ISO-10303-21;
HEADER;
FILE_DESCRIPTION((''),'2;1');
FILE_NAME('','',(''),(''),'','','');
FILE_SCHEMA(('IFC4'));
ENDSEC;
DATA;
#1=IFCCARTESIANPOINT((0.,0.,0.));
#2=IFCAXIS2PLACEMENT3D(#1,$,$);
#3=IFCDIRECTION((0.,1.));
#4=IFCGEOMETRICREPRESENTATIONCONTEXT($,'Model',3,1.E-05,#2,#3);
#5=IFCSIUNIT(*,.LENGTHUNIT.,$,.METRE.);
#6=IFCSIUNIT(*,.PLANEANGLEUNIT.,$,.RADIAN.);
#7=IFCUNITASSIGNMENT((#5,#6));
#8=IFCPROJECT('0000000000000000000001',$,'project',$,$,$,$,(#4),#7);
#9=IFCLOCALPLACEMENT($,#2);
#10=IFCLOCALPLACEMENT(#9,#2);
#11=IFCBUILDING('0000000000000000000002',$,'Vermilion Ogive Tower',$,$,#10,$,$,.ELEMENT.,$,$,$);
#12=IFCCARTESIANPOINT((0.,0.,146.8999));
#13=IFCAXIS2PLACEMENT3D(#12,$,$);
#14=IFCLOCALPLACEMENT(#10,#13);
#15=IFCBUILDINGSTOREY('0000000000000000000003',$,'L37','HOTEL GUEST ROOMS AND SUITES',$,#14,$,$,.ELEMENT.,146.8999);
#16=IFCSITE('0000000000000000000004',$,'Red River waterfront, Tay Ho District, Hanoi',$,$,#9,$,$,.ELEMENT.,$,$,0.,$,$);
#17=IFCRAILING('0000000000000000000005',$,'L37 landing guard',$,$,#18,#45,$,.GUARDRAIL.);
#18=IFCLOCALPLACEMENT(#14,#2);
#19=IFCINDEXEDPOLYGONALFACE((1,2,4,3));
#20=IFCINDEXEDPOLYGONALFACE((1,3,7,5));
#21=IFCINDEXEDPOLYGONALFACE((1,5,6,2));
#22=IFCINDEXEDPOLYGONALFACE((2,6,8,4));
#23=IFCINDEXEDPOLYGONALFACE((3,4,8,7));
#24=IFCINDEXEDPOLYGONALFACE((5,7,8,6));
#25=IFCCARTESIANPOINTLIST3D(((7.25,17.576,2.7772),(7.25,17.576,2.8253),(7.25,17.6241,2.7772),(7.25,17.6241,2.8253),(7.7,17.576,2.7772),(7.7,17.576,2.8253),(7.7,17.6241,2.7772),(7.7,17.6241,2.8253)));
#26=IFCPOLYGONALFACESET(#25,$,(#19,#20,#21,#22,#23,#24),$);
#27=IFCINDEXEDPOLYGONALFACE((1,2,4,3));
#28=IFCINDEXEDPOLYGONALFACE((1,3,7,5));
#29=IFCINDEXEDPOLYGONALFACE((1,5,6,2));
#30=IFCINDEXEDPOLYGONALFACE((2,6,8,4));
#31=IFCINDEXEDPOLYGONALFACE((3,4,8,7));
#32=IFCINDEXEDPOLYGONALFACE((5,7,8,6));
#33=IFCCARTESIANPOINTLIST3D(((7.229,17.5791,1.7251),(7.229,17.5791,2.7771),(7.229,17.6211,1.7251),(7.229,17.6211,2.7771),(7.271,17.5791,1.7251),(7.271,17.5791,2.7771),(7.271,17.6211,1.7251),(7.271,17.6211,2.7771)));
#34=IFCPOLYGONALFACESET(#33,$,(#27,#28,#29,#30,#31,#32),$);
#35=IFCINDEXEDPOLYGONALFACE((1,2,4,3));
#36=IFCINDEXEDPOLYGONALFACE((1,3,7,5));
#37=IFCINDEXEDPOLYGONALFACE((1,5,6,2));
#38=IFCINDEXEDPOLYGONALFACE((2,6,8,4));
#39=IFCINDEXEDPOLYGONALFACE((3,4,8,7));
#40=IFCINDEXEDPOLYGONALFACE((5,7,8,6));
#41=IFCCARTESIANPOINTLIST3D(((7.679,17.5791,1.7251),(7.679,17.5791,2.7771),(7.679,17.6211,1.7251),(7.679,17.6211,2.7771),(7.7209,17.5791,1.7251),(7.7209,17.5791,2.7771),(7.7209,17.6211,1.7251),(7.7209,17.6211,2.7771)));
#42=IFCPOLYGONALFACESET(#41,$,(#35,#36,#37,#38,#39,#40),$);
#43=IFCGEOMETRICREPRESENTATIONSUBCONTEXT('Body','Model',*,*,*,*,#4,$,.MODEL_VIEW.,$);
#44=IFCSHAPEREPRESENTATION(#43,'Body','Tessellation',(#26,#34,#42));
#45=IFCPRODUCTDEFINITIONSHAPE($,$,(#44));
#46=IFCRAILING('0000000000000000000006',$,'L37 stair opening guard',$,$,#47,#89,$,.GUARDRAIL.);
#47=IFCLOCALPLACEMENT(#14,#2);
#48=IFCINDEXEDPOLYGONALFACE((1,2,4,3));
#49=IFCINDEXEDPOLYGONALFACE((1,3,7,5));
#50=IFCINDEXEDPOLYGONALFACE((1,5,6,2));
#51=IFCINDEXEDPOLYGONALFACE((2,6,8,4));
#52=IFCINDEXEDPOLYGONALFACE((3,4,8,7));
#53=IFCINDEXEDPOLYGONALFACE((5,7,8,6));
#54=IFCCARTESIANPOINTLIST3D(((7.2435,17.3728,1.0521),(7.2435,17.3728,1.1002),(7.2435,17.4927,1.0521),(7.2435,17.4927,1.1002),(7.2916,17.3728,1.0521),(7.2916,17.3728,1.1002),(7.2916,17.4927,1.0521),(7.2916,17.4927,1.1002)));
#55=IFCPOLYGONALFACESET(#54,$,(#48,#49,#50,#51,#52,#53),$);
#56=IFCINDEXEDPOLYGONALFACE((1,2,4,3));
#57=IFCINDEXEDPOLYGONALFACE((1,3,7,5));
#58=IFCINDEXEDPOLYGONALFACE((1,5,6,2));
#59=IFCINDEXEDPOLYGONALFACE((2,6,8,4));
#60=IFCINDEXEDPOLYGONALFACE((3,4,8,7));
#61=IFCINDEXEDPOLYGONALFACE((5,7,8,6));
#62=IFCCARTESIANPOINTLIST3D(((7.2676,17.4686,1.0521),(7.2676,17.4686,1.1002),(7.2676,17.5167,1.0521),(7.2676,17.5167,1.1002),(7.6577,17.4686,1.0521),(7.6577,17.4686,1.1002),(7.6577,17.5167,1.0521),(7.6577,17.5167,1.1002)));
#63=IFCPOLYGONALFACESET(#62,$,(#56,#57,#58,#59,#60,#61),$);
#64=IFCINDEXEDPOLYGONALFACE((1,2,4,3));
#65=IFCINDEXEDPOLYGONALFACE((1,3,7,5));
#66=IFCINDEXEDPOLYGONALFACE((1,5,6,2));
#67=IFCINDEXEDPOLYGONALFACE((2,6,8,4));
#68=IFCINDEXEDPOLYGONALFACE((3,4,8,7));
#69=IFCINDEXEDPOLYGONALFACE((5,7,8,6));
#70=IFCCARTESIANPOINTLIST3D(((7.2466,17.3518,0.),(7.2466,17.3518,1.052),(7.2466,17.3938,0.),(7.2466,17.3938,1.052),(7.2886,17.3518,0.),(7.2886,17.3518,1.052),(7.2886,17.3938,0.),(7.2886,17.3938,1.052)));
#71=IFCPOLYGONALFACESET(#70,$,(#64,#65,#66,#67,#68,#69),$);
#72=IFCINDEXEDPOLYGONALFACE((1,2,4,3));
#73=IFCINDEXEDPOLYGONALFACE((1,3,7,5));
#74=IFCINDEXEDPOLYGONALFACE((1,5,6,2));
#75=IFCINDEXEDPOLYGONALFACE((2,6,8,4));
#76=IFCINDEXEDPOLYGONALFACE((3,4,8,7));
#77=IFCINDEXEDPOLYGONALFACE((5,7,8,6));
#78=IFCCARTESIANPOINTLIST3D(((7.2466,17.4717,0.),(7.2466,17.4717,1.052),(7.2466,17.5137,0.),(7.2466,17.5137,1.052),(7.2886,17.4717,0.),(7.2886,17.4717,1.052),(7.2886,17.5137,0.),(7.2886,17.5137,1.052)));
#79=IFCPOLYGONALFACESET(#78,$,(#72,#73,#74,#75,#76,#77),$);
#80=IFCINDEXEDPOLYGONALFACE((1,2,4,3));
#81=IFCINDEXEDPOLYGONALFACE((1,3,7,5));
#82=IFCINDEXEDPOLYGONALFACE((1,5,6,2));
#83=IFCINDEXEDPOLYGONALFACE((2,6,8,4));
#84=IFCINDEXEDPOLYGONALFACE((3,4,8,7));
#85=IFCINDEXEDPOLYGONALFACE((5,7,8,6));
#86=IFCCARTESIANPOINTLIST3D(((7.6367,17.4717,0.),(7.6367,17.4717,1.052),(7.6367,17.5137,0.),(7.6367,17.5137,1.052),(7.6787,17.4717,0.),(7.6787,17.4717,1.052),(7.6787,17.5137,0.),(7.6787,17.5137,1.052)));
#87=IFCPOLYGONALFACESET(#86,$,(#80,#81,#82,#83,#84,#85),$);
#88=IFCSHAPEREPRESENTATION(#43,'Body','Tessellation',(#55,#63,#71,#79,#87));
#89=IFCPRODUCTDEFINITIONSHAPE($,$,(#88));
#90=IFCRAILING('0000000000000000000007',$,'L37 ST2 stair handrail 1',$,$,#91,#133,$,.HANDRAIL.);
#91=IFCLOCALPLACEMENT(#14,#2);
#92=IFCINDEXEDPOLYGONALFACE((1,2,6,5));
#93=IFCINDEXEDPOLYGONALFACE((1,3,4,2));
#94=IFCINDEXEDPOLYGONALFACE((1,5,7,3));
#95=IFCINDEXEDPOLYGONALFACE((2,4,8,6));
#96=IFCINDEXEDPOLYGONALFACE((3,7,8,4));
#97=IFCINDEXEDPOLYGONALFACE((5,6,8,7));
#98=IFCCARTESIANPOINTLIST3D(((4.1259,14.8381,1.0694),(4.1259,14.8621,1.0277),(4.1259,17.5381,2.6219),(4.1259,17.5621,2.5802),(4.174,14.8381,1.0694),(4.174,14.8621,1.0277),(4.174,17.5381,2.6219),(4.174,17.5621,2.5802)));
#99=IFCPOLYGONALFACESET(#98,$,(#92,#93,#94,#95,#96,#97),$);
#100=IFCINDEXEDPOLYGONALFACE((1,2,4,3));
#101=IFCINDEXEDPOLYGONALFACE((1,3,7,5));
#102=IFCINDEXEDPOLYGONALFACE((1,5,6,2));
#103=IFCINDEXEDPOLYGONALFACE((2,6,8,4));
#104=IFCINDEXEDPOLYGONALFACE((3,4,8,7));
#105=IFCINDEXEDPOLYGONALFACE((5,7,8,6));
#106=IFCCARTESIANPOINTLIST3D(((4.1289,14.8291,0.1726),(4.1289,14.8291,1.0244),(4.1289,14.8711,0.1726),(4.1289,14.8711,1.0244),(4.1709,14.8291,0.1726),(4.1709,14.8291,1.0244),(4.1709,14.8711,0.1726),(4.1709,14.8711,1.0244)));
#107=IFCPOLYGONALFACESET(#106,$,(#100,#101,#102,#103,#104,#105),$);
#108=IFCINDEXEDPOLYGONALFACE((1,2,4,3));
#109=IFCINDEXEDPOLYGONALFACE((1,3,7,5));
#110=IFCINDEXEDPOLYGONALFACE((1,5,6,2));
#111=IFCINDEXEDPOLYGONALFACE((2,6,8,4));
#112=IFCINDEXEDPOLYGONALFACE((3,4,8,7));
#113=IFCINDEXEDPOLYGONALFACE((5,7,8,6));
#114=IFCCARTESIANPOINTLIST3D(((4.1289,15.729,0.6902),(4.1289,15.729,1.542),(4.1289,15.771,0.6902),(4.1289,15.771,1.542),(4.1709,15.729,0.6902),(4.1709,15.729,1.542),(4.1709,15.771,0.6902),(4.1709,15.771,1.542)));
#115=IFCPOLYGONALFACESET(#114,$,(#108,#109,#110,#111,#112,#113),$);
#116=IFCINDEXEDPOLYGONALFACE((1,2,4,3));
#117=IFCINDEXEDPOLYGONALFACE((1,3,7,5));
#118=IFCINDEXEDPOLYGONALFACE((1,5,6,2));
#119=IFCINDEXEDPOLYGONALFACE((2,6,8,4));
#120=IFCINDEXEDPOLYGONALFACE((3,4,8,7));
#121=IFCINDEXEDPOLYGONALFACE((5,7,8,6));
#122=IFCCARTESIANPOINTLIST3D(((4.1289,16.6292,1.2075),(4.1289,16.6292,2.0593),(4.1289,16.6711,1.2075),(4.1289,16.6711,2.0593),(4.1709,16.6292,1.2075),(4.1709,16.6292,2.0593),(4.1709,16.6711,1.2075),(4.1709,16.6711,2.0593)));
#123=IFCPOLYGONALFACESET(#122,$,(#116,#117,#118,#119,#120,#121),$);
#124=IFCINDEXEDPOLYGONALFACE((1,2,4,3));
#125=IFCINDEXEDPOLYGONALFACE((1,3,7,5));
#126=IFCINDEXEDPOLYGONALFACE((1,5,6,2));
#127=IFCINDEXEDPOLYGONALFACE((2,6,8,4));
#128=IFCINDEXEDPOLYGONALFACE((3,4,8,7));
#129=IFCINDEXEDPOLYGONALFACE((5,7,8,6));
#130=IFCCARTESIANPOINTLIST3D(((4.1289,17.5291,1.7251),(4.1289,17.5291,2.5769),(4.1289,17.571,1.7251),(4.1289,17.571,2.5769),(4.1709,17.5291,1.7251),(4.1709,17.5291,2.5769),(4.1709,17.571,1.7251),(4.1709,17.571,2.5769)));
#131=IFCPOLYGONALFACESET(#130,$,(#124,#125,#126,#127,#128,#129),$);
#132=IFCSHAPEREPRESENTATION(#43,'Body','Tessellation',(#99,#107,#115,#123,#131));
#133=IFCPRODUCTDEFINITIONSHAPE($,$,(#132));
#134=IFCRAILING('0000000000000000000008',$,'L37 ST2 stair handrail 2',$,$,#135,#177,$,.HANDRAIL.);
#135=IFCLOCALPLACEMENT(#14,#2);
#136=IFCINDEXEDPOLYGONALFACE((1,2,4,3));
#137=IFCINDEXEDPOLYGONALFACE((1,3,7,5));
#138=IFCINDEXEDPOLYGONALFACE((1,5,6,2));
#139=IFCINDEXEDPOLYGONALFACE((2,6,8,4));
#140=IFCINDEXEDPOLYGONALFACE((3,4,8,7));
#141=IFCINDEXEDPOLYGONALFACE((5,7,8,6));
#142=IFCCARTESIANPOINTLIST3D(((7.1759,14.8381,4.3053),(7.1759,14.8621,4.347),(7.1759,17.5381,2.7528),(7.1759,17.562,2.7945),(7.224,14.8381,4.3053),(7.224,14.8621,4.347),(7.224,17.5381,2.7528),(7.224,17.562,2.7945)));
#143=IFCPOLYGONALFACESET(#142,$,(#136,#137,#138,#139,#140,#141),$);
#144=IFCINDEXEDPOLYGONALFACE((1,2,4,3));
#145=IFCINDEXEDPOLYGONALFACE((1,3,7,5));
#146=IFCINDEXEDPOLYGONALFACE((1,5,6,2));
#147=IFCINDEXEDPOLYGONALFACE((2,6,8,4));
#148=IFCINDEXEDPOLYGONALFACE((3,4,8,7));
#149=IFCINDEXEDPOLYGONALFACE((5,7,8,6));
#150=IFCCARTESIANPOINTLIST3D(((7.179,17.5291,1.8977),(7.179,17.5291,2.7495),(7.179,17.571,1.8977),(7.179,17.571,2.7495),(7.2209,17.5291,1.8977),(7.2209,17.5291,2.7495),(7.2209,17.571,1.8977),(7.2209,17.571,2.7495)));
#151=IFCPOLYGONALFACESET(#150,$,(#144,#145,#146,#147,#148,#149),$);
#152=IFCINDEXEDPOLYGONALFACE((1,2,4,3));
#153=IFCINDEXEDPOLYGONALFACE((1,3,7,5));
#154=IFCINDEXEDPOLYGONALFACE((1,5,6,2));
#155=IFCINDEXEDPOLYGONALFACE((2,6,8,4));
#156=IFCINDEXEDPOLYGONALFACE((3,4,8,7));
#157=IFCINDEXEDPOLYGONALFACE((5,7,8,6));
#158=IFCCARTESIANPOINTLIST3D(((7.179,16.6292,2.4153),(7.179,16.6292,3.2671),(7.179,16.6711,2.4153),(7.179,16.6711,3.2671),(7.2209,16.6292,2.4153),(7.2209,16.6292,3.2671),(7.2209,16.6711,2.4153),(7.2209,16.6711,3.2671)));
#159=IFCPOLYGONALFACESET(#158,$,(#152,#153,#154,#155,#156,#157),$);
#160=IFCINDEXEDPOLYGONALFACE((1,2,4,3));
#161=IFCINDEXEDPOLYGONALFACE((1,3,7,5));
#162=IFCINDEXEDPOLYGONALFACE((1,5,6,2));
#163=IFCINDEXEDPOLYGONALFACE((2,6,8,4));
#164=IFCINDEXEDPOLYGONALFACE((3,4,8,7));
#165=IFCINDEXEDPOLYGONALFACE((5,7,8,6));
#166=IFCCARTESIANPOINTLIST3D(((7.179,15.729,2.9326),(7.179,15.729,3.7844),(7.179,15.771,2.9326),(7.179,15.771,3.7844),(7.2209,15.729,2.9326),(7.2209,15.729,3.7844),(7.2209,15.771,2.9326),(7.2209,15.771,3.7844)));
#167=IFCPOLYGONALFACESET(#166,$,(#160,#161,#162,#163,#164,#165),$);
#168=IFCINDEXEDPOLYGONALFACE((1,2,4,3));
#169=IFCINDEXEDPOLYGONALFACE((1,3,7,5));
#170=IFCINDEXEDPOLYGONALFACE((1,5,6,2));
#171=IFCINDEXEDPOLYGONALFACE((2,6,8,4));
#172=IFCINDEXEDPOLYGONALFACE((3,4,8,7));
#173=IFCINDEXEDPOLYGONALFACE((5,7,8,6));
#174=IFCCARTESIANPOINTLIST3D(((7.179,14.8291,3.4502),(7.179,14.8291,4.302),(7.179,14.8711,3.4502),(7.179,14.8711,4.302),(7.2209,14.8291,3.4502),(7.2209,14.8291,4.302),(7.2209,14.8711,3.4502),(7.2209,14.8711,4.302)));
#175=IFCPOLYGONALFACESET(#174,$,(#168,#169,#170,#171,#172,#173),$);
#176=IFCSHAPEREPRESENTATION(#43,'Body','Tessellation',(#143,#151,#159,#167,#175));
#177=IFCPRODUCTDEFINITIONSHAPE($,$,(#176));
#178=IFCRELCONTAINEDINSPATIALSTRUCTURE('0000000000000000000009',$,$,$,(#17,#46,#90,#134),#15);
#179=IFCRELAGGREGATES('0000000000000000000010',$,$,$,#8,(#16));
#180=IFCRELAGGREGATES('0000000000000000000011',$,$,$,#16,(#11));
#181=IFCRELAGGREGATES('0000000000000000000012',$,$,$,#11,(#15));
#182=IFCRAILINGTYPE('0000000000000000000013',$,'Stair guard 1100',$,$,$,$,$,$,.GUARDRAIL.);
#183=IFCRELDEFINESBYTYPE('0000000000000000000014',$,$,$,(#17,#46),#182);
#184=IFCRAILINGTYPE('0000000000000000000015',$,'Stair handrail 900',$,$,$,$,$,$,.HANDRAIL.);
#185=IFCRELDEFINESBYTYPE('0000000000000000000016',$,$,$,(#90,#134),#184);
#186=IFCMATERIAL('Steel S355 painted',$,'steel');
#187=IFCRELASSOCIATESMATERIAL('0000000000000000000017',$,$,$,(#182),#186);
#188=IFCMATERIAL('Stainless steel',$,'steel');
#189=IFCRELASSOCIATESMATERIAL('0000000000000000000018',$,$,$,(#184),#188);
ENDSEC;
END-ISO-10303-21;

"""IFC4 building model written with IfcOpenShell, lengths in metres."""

from ifc_helpers import new_model, si_unit, direction, frame, origin, origin_2d, place, context, subcontext, project, spatial, rectangle, extrude, material, type_object, element, save


model = new_model("IFC4")

# Units and contexts
model_context = context("Model", 3, precision=1e-05, world=origin(), true_north=direction((0.0, 1.0)))
body_context = subcontext(model_context, "Body", "Model", "MODEL_VIEW")
ifc_project = project(units=[si_unit("LENGTHUNIT", "METRE"), si_unit("PLANEANGLEUNIT", "RADIAN")], contexts=[model_context])

# Site, building, storey
site_placement = place(None, origin())
site = spatial("IfcSite", under=ifc_project, at=site_placement, Name="Red River waterfront, Tay Ho District, Hanoi", CompositionType="ELEMENT", RefElevation=0.0)
building_placement = place(site_placement, origin())
building = spatial("IfcBuilding", under=site, at=building_placement, Name="Vermilion Ogive Tower", CompositionType="ELEMENT")
storey_placement = place(building_placement, frame((0.0, 0.0, 146.8999)))
storey = spatial("IfcBuildingStorey", under=building, at=storey_placement, Name="L37", Description="HOTEL GUEST ROOMS AND SUITES", CompositionType="ELEMENT", Elevation=146.8999)

# Railings
ifc_material_1 = material(Name="Steel S355 painted", Category="steel")
railing_type_1 = type_object("IfcRailingType", Name="Stair guard 1100", PredefinedType="GUARDRAIL", material=ifc_material_1)
railing_1_placement = place(storey_placement, frame((7.25, 17.6001, 1.7251)))
element("IfcRailing", 1, at=railing_1_placement, inside=storey, type_object=railing_type_1, Name="L37 landing guard", PredefinedType="GUARDRAIL", context=body_context, shape_type="SweptSolid", body=[
    extrude(rectangle(XDim=0.0481, YDim=0.0481, at=origin_2d()), frame((0.0, 0.0, 1.0762), z_axis=(1.0, 0.0, 0.0), x_axis=(0.0, 1.0, 0.0)), (0.0, 0.0, 1.0), 0.45),
    extrude(rectangle(XDim=0.042, YDim=0.042, at=origin_2d()), origin(), (0.0, 0.0, 1.0), 1.052),
    extrude(rectangle(XDim=0.042, YDim=0.042, at=origin_2d()), frame((0.45, 0.0, 0.0)), (0.0, 0.0, 1.0), 1.052),
])
railing_2_placement = place(storey_placement, frame((7.2676, 17.3728, 0.0)))
element("IfcRailing", 2, at=railing_2_placement, inside=storey, type_object=railing_type_1, Name="L37 stair opening guard", PredefinedType="GUARDRAIL", context=body_context, shape_type="SweptSolid", body=[
    extrude(rectangle(XDim=0.0481, YDim=0.0481, at=origin_2d()), frame((0.0, 0.0, 1.0762), z_axis=(0.0, 1.0, 0.0), x_axis=(-1.0, 0.0, 0.0)), (0.0, 0.0, 1.0), 0.1199),
    extrude(rectangle(XDim=0.0481, YDim=0.0481, at=origin_2d()), frame((0.0, 0.1199, 1.0762), z_axis=(1.0, 0.0, 0.0), x_axis=(0.0, 1.0, 0.0)), (0.0, 0.0, 1.0), 0.3901),
    extrude(rectangle(XDim=0.042, YDim=0.042, at=origin_2d()), origin(), (0.0, 0.0, 1.0), 1.052),
    extrude(rectangle(XDim=0.042, YDim=0.042, at=origin_2d()), frame((0.0, 0.1199, 0.0)), (0.0, 0.0, 1.0), 1.052),
    extrude(rectangle(XDim=0.042, YDim=0.042, at=origin_2d()), frame((0.3901, 0.1199, 0.0)), (0.0, 0.0, 1.0), 1.052),
])
ifc_material_2 = material(Name="Stainless steel", Category="steel")
railing_type_2 = type_object("IfcRailingType", Name="Stair handrail 900", PredefinedType="HANDRAIL", material=ifc_material_2)
railing_3_placement = place(storey_placement, frame((4.1499, 14.8501, 0.1726)))
element("IfcRailing", 3, at=railing_3_placement, inside=storey, type_object=railing_type_2, Name="L37 ST2 stair handrail 1", PredefinedType="HANDRAIL", context=body_context, shape_type="SweptSolid", body=[
    extrude(rectangle(XDim=0.0481, YDim=0.0481, at=origin_2d()), frame((0.0, 0.0, 0.876), z_axis=(0.0, 0.866904, 0.498476), x_axis=(-1.0, 0.0, 0.0)), (0.0, 0.0, 1.0), 3.1145),
    extrude(rectangle(XDim=0.042, YDim=0.042, at=origin_2d()), origin(), (0.0, 0.0, 1.0), 0.8518),
    extrude(rectangle(XDim=0.042, YDim=0.042, at=origin_2d()), frame((0.0, 0.8999, 0.5176)), (0.0, 0.0, 1.0), 0.8518),
    extrude(rectangle(XDim=0.042, YDim=0.042, at=origin_2d()), frame((0.0, 1.8, 1.0349)), (0.0, 0.0, 1.0), 0.8518),
    extrude(rectangle(XDim=0.042, YDim=0.042, at=origin_2d()), frame((0.0, 2.7, 1.5525)), (0.0, 0.0, 1.0), 0.8518),
])
railing_4_placement = place(storey_placement, frame((7.2, 17.55, 1.8977)))
element("IfcRailing", 4, at=railing_4_placement, inside=storey, type_object=railing_type_2, Name="L37 ST2 stair handrail 2", PredefinedType="HANDRAIL", context=body_context, shape_type="SweptSolid", body=[
    extrude(rectangle(XDim=0.0481, YDim=0.0481, at=origin_2d()), frame((0.0, 0.0, 0.876), z_axis=(0.0, -0.866904, 0.498476), x_axis=(1.0, 0.0, 0.0)), (0.0, 0.0, 1.0), 3.1145),
    extrude(rectangle(XDim=0.042, YDim=0.042, at=origin_2d()), origin(), (0.0, 0.0, 1.0), 0.8518),
    extrude(rectangle(XDim=0.042, YDim=0.042, at=origin_2d()), frame((0.0, -0.8999, 0.5176)), (0.0, 0.0, 1.0), 0.8518),
    extrude(rectangle(XDim=0.042, YDim=0.042, at=origin_2d()), frame((0.0, -1.8, 1.0349)), (0.0, 0.0, 1.0), 0.8518),
    extrude(rectangle(XDim=0.042, YDim=0.042, at=origin_2d()), frame((0.0, -2.7, 1.5525)), (0.0, 0.0, 1.0), 0.8518),
])

save(model, "model.ifc")
